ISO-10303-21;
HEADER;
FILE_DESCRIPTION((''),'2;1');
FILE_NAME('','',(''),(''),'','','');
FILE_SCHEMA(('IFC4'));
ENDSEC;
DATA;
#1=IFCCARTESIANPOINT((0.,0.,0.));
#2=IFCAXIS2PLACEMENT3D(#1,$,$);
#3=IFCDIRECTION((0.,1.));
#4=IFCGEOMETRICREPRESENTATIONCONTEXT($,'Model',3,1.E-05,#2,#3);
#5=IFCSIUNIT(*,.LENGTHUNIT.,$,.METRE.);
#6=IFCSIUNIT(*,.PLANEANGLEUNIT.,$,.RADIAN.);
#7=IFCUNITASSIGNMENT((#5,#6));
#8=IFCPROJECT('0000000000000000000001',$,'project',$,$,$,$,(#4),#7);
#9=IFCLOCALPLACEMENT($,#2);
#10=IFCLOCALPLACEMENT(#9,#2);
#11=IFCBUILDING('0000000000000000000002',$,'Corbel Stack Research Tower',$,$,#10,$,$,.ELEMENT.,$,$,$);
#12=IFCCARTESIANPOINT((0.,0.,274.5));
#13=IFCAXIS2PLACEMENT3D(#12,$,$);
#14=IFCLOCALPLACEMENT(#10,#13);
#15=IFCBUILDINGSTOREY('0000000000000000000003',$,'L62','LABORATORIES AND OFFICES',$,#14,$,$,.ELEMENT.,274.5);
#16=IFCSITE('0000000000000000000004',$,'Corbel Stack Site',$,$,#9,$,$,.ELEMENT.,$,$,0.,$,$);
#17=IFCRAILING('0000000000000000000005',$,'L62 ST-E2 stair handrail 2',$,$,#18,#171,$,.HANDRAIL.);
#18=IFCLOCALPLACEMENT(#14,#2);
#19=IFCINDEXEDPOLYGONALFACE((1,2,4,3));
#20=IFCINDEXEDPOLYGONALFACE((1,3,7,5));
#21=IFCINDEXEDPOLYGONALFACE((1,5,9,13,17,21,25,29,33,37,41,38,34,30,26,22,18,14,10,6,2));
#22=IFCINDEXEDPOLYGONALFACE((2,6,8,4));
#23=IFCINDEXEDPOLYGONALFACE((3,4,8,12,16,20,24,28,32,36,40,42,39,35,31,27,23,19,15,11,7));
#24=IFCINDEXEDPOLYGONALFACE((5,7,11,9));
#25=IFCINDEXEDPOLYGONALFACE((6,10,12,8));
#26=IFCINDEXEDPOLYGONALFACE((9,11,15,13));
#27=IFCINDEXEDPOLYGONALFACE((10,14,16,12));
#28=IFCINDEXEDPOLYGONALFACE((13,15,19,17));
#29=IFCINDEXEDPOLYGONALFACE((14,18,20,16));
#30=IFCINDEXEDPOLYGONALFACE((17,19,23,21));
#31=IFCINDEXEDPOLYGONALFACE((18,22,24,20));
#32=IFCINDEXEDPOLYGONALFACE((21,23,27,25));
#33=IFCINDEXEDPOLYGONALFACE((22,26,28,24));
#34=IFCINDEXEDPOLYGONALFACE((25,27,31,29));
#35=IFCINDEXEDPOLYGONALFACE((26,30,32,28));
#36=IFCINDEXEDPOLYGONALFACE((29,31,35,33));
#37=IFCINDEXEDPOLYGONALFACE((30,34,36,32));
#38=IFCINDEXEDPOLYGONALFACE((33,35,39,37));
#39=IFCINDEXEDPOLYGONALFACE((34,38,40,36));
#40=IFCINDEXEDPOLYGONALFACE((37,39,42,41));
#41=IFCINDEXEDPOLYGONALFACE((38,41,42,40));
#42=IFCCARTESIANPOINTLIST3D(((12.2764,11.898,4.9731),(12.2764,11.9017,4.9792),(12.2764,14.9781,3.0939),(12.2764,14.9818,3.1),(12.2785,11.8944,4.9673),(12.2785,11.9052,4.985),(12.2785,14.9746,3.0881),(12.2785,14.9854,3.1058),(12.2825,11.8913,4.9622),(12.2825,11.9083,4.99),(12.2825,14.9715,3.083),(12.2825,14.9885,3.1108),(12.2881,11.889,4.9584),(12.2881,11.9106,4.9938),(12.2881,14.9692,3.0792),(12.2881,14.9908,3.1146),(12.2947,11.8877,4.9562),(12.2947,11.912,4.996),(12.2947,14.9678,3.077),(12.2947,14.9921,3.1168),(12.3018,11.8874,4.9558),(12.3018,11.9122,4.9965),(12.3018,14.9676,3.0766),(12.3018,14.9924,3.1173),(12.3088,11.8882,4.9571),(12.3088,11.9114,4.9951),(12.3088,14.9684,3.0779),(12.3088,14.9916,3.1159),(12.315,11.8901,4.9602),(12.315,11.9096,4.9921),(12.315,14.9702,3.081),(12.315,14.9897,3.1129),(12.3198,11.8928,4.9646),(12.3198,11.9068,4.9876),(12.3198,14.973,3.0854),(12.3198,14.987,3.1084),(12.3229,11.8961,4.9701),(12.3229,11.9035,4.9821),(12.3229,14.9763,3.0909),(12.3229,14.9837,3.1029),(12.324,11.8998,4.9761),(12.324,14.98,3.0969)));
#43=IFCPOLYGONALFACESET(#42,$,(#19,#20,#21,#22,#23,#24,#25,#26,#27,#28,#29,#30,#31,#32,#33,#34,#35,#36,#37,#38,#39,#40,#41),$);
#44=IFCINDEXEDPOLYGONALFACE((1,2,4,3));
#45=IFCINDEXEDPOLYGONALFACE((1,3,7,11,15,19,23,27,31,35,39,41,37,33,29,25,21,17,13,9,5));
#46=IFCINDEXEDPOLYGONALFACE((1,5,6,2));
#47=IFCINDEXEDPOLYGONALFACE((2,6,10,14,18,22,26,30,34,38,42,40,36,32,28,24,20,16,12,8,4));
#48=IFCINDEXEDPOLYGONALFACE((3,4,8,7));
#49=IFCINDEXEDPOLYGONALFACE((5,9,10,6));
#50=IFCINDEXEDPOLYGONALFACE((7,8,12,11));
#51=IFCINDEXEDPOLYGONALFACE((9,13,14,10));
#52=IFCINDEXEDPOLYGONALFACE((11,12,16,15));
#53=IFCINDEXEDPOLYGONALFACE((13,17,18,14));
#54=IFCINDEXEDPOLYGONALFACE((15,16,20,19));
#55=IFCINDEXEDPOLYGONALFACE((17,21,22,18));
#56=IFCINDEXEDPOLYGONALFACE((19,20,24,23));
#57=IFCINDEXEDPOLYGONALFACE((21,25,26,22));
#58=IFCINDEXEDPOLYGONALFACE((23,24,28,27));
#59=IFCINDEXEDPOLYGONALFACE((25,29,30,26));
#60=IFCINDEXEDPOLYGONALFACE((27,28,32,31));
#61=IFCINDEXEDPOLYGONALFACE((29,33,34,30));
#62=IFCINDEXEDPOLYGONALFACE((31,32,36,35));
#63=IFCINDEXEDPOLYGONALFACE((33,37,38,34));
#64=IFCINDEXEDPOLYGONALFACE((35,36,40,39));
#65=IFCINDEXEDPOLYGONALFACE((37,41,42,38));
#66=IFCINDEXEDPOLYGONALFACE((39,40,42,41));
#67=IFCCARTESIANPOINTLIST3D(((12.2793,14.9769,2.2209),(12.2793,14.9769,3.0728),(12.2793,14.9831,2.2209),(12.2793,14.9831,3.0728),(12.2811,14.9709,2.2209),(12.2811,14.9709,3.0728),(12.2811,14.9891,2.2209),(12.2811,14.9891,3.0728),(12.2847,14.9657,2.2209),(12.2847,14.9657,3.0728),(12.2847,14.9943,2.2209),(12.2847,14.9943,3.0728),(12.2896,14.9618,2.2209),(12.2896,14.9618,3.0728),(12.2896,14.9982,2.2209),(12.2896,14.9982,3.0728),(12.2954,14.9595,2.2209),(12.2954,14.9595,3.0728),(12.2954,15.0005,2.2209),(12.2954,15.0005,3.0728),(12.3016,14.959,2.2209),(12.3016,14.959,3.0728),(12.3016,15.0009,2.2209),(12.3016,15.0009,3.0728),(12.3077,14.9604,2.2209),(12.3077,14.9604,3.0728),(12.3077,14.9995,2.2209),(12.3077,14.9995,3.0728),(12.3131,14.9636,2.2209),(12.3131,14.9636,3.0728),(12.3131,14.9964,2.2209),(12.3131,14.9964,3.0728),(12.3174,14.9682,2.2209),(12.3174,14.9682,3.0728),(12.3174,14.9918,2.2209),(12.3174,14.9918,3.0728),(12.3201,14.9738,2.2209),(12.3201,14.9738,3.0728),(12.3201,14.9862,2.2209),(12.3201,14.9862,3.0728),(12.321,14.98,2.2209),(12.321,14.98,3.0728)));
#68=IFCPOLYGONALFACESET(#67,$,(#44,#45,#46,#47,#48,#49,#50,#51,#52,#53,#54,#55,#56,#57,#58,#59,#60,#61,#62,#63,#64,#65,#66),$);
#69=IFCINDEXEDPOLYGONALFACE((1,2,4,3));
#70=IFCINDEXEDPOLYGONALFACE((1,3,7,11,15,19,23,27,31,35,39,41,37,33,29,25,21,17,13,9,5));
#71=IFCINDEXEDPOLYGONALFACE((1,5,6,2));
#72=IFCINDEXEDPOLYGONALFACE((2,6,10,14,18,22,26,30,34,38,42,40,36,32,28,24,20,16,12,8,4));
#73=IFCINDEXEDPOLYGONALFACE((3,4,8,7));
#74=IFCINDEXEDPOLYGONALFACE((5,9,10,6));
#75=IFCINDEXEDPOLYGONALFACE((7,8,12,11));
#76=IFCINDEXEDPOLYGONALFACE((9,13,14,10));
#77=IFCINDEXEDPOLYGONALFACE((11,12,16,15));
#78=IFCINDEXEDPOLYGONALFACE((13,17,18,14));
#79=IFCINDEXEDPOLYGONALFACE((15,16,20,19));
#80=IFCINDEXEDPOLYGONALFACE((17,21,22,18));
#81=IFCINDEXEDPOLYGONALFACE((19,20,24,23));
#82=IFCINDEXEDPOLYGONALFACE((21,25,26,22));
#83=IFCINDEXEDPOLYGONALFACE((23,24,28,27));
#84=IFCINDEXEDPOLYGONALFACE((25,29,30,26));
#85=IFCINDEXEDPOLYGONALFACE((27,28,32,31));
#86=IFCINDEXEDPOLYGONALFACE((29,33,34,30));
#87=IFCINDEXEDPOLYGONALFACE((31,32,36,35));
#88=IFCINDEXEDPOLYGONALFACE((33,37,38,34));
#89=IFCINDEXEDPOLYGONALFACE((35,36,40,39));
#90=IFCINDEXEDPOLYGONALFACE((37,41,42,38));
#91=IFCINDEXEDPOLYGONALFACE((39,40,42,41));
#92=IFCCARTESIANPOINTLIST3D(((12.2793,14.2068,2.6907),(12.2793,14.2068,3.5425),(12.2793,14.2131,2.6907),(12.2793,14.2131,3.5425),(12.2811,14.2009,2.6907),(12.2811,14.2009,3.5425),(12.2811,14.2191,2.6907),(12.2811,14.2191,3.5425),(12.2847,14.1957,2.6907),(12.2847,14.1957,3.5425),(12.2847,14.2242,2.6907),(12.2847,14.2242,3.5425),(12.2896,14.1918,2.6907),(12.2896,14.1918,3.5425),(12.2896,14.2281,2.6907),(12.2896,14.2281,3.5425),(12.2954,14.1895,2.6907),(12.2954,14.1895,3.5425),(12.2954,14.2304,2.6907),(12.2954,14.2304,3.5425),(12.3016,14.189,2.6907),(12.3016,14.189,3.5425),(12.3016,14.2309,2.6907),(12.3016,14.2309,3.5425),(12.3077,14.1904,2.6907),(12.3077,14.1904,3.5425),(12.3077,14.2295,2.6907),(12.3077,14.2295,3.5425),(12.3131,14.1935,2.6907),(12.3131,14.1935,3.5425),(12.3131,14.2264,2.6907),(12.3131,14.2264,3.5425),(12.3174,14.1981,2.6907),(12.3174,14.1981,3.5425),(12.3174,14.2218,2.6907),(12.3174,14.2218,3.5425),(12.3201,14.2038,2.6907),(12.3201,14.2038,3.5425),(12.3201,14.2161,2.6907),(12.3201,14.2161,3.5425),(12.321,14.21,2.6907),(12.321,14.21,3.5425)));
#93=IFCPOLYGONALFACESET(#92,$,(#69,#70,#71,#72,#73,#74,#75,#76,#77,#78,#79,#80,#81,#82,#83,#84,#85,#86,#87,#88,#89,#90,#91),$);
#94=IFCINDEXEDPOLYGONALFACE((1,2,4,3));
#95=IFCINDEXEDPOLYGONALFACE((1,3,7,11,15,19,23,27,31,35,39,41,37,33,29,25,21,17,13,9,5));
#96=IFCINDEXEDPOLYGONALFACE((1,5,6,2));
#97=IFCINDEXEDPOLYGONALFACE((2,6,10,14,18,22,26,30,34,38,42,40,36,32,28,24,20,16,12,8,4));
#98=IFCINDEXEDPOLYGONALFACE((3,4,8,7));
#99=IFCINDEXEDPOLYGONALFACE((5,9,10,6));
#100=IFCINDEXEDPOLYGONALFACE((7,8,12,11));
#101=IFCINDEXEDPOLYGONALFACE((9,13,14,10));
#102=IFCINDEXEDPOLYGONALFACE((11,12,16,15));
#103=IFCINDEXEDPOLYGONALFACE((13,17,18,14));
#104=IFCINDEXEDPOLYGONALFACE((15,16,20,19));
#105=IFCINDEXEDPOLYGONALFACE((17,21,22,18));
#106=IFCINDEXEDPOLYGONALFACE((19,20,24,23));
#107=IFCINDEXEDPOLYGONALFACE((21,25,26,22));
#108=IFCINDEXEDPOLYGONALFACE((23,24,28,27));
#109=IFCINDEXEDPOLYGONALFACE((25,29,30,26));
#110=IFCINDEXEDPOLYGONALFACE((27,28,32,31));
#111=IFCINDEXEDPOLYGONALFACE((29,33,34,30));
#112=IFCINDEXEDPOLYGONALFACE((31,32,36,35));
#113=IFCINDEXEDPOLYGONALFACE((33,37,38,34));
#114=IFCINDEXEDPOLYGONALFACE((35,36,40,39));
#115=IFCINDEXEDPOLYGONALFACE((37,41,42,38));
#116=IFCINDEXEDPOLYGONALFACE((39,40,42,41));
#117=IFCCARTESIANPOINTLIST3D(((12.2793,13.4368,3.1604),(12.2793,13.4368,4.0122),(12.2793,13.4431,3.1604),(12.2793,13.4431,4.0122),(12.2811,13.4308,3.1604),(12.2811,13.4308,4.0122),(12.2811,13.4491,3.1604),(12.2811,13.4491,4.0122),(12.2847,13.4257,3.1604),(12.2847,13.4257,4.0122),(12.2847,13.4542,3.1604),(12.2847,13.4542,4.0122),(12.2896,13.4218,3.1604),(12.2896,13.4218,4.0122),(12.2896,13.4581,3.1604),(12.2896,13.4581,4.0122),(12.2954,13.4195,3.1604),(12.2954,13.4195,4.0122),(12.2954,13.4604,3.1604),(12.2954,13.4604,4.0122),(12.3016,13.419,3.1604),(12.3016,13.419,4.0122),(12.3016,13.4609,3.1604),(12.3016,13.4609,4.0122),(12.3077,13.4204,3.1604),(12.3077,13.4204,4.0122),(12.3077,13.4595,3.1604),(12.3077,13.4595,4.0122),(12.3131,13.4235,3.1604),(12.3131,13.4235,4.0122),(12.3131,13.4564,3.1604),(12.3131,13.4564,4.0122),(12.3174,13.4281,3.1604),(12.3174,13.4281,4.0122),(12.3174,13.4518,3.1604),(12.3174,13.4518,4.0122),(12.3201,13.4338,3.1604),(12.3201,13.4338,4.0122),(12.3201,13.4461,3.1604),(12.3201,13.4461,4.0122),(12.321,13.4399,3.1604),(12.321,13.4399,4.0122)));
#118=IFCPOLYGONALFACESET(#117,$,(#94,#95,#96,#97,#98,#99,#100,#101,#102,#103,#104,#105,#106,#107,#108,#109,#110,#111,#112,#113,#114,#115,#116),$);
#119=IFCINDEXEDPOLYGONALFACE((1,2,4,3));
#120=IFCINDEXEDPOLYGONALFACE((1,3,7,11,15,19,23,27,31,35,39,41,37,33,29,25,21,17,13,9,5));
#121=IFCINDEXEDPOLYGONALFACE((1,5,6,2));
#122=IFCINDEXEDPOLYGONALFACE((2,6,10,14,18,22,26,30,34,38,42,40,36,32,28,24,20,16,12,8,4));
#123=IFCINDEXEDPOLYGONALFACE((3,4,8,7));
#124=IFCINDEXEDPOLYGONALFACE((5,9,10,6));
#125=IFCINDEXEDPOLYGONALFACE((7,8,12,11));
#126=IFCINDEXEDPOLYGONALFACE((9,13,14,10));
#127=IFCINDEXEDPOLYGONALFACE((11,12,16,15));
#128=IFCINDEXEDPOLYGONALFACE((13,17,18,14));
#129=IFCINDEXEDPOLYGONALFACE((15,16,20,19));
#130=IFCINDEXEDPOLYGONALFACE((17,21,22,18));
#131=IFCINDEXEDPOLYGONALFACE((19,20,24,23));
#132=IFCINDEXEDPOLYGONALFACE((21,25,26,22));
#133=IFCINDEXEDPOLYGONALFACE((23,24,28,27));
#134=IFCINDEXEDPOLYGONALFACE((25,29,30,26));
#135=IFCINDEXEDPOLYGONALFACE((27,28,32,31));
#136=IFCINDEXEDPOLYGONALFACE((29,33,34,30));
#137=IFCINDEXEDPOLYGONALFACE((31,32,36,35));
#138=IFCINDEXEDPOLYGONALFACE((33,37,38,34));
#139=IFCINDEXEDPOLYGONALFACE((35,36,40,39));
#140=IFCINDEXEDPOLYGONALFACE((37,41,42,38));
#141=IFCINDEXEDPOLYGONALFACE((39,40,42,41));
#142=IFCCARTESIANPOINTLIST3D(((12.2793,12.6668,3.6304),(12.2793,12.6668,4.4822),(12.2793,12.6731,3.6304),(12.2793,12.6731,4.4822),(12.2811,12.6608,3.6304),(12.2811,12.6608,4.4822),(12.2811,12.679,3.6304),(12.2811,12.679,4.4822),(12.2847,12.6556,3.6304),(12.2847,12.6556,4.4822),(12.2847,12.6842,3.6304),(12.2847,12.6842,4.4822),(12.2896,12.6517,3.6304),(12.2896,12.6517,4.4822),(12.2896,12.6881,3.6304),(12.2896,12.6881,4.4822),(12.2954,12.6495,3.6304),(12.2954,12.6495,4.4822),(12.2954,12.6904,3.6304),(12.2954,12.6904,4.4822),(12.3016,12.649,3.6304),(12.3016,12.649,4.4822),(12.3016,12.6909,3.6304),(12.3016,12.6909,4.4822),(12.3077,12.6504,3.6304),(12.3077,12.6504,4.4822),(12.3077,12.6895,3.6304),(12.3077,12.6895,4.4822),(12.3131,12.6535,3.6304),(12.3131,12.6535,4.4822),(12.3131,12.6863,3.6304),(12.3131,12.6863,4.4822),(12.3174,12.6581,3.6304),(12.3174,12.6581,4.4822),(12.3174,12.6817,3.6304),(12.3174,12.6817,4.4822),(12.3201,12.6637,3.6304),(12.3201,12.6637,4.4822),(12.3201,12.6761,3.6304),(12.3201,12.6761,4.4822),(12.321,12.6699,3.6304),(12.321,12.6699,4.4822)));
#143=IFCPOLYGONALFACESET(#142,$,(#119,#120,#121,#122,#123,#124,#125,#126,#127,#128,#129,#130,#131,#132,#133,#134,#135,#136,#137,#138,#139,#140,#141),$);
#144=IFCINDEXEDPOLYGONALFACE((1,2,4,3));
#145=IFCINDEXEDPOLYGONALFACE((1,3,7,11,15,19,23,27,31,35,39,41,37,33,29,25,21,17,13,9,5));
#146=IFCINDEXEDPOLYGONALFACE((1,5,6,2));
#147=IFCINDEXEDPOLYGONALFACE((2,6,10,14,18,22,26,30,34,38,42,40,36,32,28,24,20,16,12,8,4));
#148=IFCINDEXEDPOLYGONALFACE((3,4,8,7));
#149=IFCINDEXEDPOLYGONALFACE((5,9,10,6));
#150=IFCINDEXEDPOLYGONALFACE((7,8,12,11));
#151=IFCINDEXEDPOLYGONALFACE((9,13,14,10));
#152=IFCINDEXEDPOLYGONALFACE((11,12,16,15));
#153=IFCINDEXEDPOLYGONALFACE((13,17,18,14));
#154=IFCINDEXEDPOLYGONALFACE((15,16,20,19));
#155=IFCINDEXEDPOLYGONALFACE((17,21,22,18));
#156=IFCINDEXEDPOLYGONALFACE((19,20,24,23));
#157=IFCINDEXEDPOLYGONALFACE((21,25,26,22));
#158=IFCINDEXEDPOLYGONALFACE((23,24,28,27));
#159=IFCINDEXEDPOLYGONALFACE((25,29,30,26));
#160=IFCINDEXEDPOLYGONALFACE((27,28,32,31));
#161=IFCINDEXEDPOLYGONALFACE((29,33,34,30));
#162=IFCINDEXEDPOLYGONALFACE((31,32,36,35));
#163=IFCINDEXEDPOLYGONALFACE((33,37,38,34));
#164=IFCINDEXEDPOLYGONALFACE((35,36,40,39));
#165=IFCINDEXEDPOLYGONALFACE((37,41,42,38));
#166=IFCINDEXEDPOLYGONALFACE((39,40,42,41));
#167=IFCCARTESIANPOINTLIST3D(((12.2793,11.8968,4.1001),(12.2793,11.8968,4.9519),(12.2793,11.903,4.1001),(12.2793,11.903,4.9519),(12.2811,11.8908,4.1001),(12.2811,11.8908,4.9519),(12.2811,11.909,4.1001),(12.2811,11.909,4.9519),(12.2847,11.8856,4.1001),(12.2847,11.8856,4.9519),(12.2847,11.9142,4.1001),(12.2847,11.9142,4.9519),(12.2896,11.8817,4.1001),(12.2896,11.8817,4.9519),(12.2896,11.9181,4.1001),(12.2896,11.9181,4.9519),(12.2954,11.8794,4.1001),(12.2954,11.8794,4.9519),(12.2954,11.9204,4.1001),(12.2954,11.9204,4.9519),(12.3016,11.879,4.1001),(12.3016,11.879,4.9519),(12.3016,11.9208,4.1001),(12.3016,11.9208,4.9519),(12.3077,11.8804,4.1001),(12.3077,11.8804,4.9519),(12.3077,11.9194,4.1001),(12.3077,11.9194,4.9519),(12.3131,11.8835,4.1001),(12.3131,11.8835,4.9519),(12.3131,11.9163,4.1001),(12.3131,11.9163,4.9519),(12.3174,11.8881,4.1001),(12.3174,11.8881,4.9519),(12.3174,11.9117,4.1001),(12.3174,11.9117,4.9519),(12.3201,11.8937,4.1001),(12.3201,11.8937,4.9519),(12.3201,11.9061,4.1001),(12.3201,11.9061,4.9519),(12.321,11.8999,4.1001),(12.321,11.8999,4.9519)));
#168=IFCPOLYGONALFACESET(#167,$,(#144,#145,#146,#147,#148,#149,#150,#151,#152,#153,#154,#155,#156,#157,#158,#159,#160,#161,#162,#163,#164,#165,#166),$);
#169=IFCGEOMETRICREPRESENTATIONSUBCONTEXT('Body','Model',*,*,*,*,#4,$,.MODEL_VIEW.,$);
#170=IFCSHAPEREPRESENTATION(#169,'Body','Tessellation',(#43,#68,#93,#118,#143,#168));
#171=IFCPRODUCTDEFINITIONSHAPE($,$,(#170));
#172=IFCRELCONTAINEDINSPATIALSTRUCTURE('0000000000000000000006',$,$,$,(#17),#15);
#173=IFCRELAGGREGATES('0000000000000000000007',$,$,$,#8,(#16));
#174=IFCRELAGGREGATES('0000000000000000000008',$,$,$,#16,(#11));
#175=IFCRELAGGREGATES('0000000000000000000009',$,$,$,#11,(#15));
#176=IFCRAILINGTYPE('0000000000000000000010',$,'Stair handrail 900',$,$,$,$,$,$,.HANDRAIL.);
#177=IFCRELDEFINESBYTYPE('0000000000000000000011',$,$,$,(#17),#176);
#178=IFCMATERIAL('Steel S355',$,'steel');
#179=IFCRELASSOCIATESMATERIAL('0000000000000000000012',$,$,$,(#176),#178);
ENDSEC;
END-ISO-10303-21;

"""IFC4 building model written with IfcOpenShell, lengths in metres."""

from ifc_helpers import new_model, si_unit, direction, frame, origin, origin_2d, place, context, subcontext, project, spatial, circle, extrude, material, type_object, element, save


model = new_model("IFC4")

# Units and contexts
model_context = context("Model", 3, precision=1e-05, world=origin(), true_north=direction((0.0, 1.0)))
body_context = subcontext(model_context, "Body", "Model", "MODEL_VIEW")
ifc_project = project(units=[si_unit("LENGTHUNIT", "METRE"), si_unit("PLANEANGLEUNIT", "RADIAN")], contexts=[model_context])

# Site, building, storey
site_placement = place(None, origin())
site = spatial("IfcSite", under=ifc_project, at=site_placement, Name="Corbel Stack Site", CompositionType="ELEMENT", RefElevation=0.0)
building_placement = place(site_placement, origin())
building = spatial("IfcBuilding", under=site, at=building_placement, Name="Corbel Stack Research Tower", CompositionType="ELEMENT")
storey_placement = place(building_placement, frame((0.0, 0.0, 274.5)))
storey = spatial("IfcBuildingStorey", under=building, at=storey_placement, Name="L62", Description="LABORATORIES AND OFFICES", CompositionType="ELEMENT", Elevation=274.5)

# Railing
ifc_material_1 = material(Name="Steel S355", Category="steel")
railing_type_1 = type_object("IfcRailingType", Name="Stair handrail 900", PredefinedType="HANDRAIL", material=ifc_material_1)
railing_1_placement = place(storey_placement, frame((12.3, 14.98, 2.2209)))
element("IfcRailing", 1, at=railing_1_placement, inside=storey, type_object=railing_type_1, Name="L62 ST-E2 stair handrail 2", PredefinedType="HANDRAIL", context=body_context, shape_type="SweptSolid", body=[
    extrude(circle(Radius=0.0239, at=origin_2d()), frame((0.0, 0.0, 0.876), z_axis=(0.0, -0.853666, 0.52082), x_axis=(1.0, 0.0, 0.0)), (0.0, 0.0, 1.0), 3.6082),
    extrude(circle(Radius=0.021, at=origin_2d()), origin(), (0.0, 0.0, 1.0), 0.8518),
    extrude(circle(Radius=0.021, at=origin_2d()), frame((0.0, -0.77, 0.4697)), (0.0, 0.0, 1.0), 0.8518),
    extrude(circle(Radius=0.021, at=origin_2d()), frame((0.0, -1.54, 0.9395)), (0.0, 0.0, 1.0), 0.8518),
    extrude(circle(Radius=0.021, at=origin_2d()), frame((0.0, -2.3101, 1.4094)), (0.0, 0.0, 1.0), 0.8518),
    extrude(circle(Radius=0.021, at=origin_2d()), frame((0.0, -3.0801, 1.8792)), (0.0, 0.0, 1.0), 0.8518),
])

save(model, "model.ifc")
